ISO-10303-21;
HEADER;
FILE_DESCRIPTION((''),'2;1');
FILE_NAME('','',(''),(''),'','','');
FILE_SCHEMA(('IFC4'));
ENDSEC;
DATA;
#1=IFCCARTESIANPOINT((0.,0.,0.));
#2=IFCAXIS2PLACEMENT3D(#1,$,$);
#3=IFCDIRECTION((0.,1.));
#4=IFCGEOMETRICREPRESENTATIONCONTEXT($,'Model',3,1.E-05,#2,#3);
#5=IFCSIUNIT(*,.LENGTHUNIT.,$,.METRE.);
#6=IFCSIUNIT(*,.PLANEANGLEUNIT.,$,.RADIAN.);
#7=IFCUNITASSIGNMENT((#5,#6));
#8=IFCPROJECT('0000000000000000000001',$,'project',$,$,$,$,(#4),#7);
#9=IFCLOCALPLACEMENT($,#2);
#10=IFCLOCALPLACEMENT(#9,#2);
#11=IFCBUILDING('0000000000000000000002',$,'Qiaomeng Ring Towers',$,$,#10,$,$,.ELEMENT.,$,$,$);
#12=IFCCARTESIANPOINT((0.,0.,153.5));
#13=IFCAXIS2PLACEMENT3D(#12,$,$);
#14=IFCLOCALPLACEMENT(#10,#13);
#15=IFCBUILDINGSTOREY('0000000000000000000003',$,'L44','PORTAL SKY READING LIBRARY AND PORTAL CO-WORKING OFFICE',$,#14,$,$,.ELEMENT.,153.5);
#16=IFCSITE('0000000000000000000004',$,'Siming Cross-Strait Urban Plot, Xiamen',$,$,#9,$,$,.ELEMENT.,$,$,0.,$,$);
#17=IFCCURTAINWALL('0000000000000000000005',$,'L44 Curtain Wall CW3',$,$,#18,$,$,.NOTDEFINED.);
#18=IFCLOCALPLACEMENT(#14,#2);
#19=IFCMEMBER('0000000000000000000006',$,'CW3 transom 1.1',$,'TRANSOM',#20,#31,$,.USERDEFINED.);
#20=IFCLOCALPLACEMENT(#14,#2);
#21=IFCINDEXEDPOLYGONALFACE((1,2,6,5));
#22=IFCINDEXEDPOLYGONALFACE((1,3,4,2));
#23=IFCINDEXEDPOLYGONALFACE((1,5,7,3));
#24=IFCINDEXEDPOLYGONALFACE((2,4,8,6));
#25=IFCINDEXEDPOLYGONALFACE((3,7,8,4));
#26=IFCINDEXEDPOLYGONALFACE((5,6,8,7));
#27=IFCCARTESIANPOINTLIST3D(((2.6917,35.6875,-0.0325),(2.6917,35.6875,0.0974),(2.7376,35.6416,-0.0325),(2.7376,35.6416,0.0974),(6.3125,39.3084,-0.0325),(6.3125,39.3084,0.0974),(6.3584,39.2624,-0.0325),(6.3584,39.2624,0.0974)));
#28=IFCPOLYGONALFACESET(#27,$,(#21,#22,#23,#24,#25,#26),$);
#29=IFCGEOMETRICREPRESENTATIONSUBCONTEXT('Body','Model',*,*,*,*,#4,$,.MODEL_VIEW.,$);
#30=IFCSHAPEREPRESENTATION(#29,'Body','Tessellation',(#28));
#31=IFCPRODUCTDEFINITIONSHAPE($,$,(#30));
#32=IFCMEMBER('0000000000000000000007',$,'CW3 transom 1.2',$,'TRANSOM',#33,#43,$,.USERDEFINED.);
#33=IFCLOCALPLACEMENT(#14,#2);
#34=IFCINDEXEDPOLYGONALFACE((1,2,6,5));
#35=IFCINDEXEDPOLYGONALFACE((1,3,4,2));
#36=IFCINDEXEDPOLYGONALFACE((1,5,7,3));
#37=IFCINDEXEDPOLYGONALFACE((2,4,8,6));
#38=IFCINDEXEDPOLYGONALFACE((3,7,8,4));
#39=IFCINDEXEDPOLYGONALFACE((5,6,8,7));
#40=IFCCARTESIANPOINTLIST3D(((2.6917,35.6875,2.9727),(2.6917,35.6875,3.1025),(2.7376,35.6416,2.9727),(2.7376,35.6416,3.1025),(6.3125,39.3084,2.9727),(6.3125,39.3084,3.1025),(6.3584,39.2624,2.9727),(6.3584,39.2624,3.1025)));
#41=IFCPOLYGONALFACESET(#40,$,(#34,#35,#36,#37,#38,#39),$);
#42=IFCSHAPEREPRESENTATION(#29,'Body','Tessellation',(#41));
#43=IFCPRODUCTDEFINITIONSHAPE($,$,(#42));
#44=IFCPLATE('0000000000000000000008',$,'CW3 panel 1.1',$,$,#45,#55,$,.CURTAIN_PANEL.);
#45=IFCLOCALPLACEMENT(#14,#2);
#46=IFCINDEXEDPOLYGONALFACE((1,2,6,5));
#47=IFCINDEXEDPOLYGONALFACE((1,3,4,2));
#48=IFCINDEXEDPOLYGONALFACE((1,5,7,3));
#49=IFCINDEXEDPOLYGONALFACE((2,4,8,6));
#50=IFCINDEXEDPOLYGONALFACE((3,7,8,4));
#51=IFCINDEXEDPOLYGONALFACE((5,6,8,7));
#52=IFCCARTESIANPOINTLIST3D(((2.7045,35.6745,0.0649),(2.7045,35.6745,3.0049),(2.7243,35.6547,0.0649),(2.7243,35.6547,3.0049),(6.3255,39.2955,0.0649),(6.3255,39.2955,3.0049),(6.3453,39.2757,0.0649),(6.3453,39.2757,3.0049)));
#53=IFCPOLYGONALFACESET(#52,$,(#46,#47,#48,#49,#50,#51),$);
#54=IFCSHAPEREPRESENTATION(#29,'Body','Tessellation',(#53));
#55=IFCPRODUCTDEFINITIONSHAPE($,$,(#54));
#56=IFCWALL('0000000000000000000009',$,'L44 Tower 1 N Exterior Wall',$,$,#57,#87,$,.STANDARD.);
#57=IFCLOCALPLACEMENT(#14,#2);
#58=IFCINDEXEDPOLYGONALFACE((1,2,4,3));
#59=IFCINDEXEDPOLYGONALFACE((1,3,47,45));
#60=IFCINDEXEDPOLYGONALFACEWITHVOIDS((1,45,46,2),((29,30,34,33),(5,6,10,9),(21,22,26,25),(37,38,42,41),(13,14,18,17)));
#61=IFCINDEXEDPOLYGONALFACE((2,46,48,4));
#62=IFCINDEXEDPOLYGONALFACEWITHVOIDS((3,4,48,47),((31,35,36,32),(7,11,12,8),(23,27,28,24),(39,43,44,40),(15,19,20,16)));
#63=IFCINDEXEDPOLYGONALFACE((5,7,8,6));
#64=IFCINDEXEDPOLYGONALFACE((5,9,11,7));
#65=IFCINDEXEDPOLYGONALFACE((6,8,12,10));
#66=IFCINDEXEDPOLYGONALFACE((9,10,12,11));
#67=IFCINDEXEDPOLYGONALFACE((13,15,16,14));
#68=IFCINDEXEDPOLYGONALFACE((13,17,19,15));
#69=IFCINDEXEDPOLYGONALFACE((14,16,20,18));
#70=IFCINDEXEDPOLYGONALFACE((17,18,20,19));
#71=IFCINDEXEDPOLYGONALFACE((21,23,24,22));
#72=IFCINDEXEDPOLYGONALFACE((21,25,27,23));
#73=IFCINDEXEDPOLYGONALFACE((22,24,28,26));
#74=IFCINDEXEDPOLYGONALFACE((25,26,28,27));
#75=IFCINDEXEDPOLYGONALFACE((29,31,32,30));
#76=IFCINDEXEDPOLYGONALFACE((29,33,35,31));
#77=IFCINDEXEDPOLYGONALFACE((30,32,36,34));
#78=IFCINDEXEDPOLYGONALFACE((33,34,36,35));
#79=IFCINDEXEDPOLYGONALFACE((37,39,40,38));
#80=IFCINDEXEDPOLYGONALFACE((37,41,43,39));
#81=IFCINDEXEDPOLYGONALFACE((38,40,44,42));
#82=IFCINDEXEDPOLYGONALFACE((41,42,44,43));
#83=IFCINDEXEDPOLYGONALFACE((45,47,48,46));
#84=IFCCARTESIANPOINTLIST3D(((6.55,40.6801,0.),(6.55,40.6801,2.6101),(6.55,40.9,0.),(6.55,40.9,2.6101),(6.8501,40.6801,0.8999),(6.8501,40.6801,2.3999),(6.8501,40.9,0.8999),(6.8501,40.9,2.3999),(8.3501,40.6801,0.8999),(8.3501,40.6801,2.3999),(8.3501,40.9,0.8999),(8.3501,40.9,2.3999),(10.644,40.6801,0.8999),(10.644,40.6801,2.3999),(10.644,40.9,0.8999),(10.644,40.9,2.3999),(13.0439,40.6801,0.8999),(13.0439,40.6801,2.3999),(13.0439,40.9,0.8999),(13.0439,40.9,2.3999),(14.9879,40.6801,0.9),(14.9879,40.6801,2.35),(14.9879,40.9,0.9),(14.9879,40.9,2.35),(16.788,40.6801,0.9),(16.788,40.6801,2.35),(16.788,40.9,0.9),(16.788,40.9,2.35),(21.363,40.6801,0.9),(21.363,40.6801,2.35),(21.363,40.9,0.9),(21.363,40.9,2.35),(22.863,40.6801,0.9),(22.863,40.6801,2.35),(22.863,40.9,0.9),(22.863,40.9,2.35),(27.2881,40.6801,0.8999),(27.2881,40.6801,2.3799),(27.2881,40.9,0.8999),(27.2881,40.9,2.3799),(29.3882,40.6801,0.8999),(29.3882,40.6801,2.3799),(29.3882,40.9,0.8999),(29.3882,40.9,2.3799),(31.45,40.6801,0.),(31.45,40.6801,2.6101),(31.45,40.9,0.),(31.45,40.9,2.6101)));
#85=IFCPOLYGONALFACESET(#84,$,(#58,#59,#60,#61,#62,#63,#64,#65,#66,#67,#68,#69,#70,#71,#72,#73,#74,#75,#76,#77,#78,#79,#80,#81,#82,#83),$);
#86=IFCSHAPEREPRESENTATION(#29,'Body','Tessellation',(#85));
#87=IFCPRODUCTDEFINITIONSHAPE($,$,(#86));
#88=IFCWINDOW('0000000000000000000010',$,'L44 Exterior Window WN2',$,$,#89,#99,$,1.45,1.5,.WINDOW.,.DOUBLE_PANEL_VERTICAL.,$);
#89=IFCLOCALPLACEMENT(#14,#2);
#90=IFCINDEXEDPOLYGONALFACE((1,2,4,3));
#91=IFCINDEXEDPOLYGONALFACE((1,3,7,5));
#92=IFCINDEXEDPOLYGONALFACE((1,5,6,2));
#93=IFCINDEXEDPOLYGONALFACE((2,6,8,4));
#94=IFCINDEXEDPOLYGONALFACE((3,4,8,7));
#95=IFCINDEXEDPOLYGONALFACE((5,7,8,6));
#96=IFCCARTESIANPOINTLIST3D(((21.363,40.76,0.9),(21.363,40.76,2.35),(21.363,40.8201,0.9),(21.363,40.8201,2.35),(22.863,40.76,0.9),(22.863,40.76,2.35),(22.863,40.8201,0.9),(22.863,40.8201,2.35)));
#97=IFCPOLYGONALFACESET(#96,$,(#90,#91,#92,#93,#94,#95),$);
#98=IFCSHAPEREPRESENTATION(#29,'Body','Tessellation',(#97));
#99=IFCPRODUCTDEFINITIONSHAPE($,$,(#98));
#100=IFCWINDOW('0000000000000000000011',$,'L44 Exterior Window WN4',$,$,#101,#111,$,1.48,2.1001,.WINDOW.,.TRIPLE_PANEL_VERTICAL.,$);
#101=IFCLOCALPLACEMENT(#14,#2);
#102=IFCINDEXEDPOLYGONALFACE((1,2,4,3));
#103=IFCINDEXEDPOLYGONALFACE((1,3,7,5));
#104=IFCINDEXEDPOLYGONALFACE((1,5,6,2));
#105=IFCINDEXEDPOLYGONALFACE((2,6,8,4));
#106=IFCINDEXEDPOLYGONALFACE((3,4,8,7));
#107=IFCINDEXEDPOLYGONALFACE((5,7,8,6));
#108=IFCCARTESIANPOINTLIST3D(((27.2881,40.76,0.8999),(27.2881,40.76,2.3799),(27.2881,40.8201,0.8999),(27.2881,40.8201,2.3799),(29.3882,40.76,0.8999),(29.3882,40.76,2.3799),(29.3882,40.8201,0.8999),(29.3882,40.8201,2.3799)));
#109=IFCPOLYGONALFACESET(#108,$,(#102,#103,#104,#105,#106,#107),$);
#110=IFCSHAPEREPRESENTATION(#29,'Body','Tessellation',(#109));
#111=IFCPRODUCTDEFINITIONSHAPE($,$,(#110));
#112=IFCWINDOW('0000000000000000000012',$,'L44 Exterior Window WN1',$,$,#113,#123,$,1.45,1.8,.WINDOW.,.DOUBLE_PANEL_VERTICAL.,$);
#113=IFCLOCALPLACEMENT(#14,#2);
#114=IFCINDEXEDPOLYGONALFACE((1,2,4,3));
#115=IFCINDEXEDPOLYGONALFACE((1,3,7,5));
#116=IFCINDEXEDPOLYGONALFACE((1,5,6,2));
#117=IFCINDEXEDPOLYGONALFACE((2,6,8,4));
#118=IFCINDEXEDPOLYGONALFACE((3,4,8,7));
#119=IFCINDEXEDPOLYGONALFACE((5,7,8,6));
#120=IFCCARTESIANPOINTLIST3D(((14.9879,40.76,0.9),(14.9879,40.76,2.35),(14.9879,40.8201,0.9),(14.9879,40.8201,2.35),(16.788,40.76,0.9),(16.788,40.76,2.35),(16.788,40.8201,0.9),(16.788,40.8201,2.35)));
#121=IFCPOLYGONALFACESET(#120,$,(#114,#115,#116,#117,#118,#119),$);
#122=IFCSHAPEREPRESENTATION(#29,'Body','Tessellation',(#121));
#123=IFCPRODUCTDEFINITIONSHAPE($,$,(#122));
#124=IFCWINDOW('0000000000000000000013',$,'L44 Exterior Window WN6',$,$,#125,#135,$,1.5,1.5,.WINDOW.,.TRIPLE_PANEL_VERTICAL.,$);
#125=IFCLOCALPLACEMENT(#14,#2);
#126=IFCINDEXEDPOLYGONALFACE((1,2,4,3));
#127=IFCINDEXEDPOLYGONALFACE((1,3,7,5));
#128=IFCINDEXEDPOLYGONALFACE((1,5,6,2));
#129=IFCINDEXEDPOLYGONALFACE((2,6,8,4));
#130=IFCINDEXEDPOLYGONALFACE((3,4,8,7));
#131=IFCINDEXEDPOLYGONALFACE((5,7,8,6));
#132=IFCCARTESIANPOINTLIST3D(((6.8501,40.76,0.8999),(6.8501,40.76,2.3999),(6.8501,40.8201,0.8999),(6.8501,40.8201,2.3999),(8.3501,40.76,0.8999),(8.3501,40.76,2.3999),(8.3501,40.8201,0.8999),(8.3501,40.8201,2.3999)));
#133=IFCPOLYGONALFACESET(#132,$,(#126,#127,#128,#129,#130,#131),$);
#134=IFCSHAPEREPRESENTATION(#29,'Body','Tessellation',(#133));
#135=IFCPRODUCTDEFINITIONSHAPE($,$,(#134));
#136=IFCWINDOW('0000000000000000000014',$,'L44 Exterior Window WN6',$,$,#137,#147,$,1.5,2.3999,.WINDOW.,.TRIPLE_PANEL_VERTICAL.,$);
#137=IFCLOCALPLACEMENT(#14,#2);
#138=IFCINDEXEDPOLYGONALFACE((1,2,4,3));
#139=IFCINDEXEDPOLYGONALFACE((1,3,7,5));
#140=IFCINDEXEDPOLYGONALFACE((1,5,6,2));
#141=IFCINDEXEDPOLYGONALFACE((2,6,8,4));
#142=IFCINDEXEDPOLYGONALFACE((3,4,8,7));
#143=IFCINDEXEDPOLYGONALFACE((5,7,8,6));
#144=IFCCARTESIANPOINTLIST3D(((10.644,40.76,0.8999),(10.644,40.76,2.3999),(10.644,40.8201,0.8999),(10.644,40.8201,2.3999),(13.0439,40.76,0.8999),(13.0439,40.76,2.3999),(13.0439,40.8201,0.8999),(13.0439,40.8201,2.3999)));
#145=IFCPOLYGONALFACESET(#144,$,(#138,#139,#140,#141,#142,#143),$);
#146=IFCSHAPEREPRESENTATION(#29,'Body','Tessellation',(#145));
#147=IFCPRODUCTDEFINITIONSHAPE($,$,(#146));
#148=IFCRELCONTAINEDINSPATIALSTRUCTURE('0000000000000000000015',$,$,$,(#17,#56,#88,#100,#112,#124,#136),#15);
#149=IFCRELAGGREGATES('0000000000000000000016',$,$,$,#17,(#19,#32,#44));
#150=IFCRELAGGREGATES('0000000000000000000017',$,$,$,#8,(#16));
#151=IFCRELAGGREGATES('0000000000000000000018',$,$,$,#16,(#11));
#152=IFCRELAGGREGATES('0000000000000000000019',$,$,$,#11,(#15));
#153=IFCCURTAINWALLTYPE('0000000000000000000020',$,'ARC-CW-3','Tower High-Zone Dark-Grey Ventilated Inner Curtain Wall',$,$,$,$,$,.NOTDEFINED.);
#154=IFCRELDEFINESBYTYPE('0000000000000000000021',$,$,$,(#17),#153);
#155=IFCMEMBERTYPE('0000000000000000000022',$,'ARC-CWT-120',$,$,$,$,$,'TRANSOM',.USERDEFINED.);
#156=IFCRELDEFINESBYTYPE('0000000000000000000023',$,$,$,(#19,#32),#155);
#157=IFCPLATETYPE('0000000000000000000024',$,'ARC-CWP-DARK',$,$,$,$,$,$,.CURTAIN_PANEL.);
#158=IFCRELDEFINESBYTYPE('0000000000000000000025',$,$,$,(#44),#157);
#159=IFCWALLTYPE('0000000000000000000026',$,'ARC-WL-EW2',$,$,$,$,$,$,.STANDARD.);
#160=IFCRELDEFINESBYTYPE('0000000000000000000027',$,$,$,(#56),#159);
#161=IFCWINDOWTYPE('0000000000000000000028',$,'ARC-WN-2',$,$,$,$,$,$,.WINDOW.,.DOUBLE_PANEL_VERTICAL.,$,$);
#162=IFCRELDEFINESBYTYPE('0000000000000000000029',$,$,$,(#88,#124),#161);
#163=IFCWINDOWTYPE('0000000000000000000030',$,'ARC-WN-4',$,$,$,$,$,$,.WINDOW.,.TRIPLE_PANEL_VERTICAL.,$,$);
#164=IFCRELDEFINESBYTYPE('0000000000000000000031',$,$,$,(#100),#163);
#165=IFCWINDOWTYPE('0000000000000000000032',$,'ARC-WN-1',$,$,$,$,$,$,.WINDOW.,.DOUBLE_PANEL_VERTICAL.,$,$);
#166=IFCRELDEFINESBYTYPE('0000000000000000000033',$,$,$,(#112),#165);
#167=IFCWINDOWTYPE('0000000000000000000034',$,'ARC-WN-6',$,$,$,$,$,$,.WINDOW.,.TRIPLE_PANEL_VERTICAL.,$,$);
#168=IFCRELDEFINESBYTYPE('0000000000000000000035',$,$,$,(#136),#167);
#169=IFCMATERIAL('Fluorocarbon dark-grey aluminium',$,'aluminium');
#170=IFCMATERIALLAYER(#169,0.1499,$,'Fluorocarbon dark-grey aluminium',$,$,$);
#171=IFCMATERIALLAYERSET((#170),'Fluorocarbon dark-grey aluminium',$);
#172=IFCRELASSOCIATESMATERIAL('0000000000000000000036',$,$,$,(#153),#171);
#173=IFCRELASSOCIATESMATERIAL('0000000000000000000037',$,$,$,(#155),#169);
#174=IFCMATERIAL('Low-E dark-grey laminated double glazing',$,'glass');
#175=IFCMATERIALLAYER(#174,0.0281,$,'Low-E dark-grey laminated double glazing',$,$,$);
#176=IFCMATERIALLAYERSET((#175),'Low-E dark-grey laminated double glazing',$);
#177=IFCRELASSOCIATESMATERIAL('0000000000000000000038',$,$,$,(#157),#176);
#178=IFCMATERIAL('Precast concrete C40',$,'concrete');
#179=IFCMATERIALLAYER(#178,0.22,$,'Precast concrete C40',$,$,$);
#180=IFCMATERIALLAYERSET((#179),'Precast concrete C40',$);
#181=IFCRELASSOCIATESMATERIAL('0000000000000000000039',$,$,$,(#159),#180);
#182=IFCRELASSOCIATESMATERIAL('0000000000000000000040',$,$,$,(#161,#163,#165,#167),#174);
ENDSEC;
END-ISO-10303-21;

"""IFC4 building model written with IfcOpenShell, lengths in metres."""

from ifc_helpers import new_model, si_unit, direction, frame, frame_2d, origin, origin_2d, place, context, subcontext, project, spatial, rectangle, extrude, source, transform, mapped, material, layer, layer_set, material_profile, profile_set, type_object, element, fill, aggregate, save


model = new_model("IFC4")

# Units and contexts
model_context = context("Model", 3, precision=1e-05, world=origin(), true_north=direction((0.0, 1.0)))
body_context = subcontext(model_context, "Body", "Model", "MODEL_VIEW")
ifc_project = project(units=[si_unit("LENGTHUNIT", "METRE"), si_unit("PLANEANGLEUNIT", "RADIAN")], contexts=[model_context])

# Site, building, storey
site_placement = place(None, origin())
site = spatial("IfcSite", under=ifc_project, at=site_placement, Name="Siming Cross-Strait Urban Plot, Xiamen", CompositionType="ELEMENT", RefElevation=0.0)
building_placement = place(site_placement, origin())
building = spatial("IfcBuilding", under=site, at=building_placement, Name="Qiaomeng Ring Towers", CompositionType="ELEMENT")
storey_placement = place(building_placement, frame((0.0, 0.0, 153.5)))
storey = spatial("IfcBuildingStorey", under=building, at=storey_placement, Name="L44", Description="PORTAL SKY READING LIBRARY AND PORTAL CO-WORKING OFFICE", CompositionType="ELEMENT", Elevation=153.5)

# Curtain wall, members, plate
ifc_material_1 = material(Name="Fluorocarbon dark-grey aluminium", Category="aluminium")
ifc_layer_1 = layer(ifc_material_1, 0.1499, Name="Fluorocarbon dark-grey aluminium")
ifc_layer_set_1 = layer_set([ifc_layer_1], Name="Fluorocarbon dark-grey aluminium")
curtain_wall_type = type_object("IfcCurtainWallType", Name="ARC-CW-3", Description="Tower High-Zone Dark-Grey Ventilated Inner Curtain Wall", PredefinedType="NOTDEFINED", material=ifc_layer_set_1)
curtain_wall_placement = place(storey_placement, origin())
curtain_wall = element("IfcCurtainWall", 1, at=curtain_wall_placement, inside=storey, type_object=curtain_wall_type, Name="L44 Curtain Wall CW3", PredefinedType="NOTDEFINED")
ifc_material_profile_1 = material_profile(ifc_material_1, rectangle(XDim=0.0649, YDim=0.1299, at=origin_2d()), Name="ALU TRAN 65x130")
ifc_profile_set_1 = profile_set([ifc_material_profile_1], Name="Fluorocarbon dark-grey aluminium")
member_type_1 = type_object("IfcMemberType", Name="ARC-CWT-120", ElementType="TRANSOM", PredefinedType="USERDEFINED", material=ifc_profile_set_1)
shared_shape_1 = source(origin(), body_context, "Body", "SweptSolid", [
    extrude(rectangle(XDim=0.0649, YDim=0.1299, at=origin_2d()), origin(), (0.0, 0.0, 1.0), 5.1206),
])
member_1_placement = place(storey_placement, frame((6.3354, 39.2854, 0.0325), z_axis=(-0.707107, -0.707107, 0.0), x_axis=(0.707107, -0.707107, 0.0)))
member_1 = element("IfcMember", 2, at=member_1_placement, type_object=member_type_1, Name="CW3 transom 1.1", ObjectType="TRANSOM", PredefinedType="USERDEFINED", context=body_context, shape_type="MappedRepresentation", body=[
    mapped(shared_shape_1, transform((0.0, 0.0, 0.0), x_axis=(1.0, 0.0, 0.0), y_axis=(0.0, 1.0, 0.0), z_axis=(0.0, 0.0, 1.0), scale=1.0)),
])
member_2_placement = place(storey_placement, frame((6.3354, 39.2854, 3.0376), z_axis=(-0.707107, -0.707107, 0.0), x_axis=(0.707107, -0.707107, 0.0)))
member_2 = element("IfcMember", 3, at=member_2_placement, type_object=member_type_1, Name="CW3 transom 1.2", ObjectType="TRANSOM", PredefinedType="USERDEFINED", context=body_context, shape_type="MappedRepresentation", body=[
    mapped(shared_shape_1, transform((0.0, 0.0, 0.0), x_axis=(1.0, 0.0, 0.0), y_axis=(0.0, 1.0, 0.0), z_axis=(0.0, 0.0, 1.0), scale=1.0)),
])
ifc_material_2 = material(Name="Low-E dark-grey laminated double glazing", Category="glass")
ifc_layer_2 = layer(ifc_material_2, 0.0281, Name="Low-E dark-grey laminated double glazing")
ifc_layer_set_2 = layer_set([ifc_layer_2], Name="Low-E dark-grey laminated double glazing")
plate_type = type_object("IfcPlateType", Name="ARC-CWP-DARK", PredefinedType="CURTAIN_PANEL", material=ifc_layer_set_2)
shared_shape_2 = source(origin(), body_context, "Body", "SweptSolid", [
    extrude(rectangle(XDim=5.1208, YDim=0.0281, at=origin_2d()), origin(), (0.0, 0.0, 1.0), 2.9399),
])
plate_placement = place(storey_placement, frame((4.5249, 37.4751, 0.0649), z_axis=(0.0, 0.0, 1.0), x_axis=(-0.707107, -0.707107, 0.0)))
plate = element("IfcPlate", 4, at=plate_placement, type_object=plate_type, Name="CW3 panel 1.1", PredefinedType="CURTAIN_PANEL", context=body_context, shape_type="MappedRepresentation", body=[
    mapped(shared_shape_2, transform((0.0, 0.0, 0.0), x_axis=(1.0, 0.0, 0.0), y_axis=(0.0, 1.0, 0.0), z_axis=(0.0, 0.0, 1.0), scale=1.0)),
])
aggregate(curtain_wall, [member_1, member_2, plate])

# Wall, openings, windows
ifc_material_3 = material(Name="Precast concrete C40", Category="concrete")
ifc_layer_3 = layer(ifc_material_3, 0.22, Name="Precast concrete C40")
ifc_layer_set_3 = layer_set([ifc_layer_3], Name="Precast concrete C40")
wall_type_1 = type_object("IfcWallType", Name="ARC-WL-EW2", PredefinedType="STANDARD", material=ifc_layer_set_3)
wall_1_placement = place(storey_placement, frame((6.55, 40.79, 0.0), z_axis=(0.0, 0.0, 1.0), x_axis=(1.0, 0.0, 0.0)))
wall_1 = element("IfcWall", 5, at=wall_1_placement, inside=storey, type_object=wall_type_1, Name="L44 Tower 1 N Exterior Wall", PredefinedType="STANDARD", context=body_context, shape_type="SweptSolid", body=[
    extrude(rectangle(XDim=24.8999, YDim=0.22, at=frame_2d((12.45, 0.0))), origin(), (0.0, 0.0, 1.0), 2.6101),
])
opening_1_placement = place(wall_1_placement, frame((0.3, 0.0, 0.8999)))
opening_1 = element("IfcOpeningElement", 6, at=opening_1_placement, cuts=wall_1, PredefinedType="OPENING", context=body_context, shape_type="SweptSolid", body=[
    extrude(rectangle(XDim=1.5, YDim=1.5, at=frame_2d((0.75, 0.75))), frame((0.0, 0.1199, 0.0), z_axis=(0.0, -1.0, 0.0), x_axis=(1.0, 0.0, 0.0)), (0.0, 0.0, 1.0), 0.24),
])
opening_2_placement = place(wall_1_placement, frame((8.438, 0.0, 0.8999)))
opening_2 = element("IfcOpeningElement", 7, at=opening_2_placement, cuts=wall_1, PredefinedType="OPENING", context=body_context, shape_type="SweptSolid", body=[
    extrude(rectangle(XDim=1.8, YDim=1.45, at=frame_2d((0.8999, 0.7251))), frame((0.0, 0.1199, 0.0), z_axis=(0.0, -1.0, 0.0), x_axis=(1.0, 0.0, 0.0)), (0.0, 0.0, 1.0), 0.24),
])
opening_3_placement = place(wall_1_placement, frame((14.813, 0.0, 0.8999)))
opening_3 = element("IfcOpeningElement", 8, at=opening_3_placement, cuts=wall_1, PredefinedType="OPENING", context=body_context, shape_type="SweptSolid", body=[
    extrude(rectangle(XDim=1.5, YDim=1.45, at=frame_2d((0.75, 0.7251))), frame((0.0, 0.1199, 0.0), z_axis=(0.0, -1.0, 0.0), x_axis=(1.0, 0.0, 0.0)), (0.0, 0.0, 1.0), 0.24),
])
opening_4_placement = place(wall_1_placement, frame((20.738, 0.0, 0.8999)))
opening_4 = element("IfcOpeningElement", 9, at=opening_4_placement, cuts=wall_1, PredefinedType="OPENING", context=body_context, shape_type="SweptSolid", body=[
    extrude(rectangle(XDim=2.1001, YDim=1.48, at=frame_2d((1.05, 0.74))), frame((0.0, 0.1199, 0.0), z_axis=(0.0, -1.0, 0.0), x_axis=(1.0, 0.0, 0.0)), (0.0, 0.0, 1.0), 0.24),
])
opening_5_placement = place(wall_1_placement, frame((4.094, 0.0, 0.8999)))
opening_5 = element("IfcOpeningElement", 10, at=opening_5_placement, cuts=wall_1, PredefinedType="OPENING", context=body_context, shape_type="SweptSolid", body=[
    extrude(rectangle(XDim=2.3999, YDim=1.5, at=frame_2d((1.2, 0.75))), frame((0.0, 0.1199, 0.0), z_axis=(0.0, -1.0, 0.0), x_axis=(1.0, 0.0, 0.0)), (0.0, 0.0, 1.0), 0.24),
])
window_type_1 = type_object("IfcWindowType", Name="ARC-WN-2", PartitioningType="DOUBLE_PANEL_VERTICAL", PredefinedType="WINDOW", material=ifc_material_2)
shared_shape_3 = source(origin(), body_context, "Body", "SweptSolid", [
    extrude(rectangle(XDim=1.5, YDim=1.45, at=frame_2d((0.75, 0.7251))), frame((0.0, 0.03, 0.0), z_axis=(0.0, -1.0, 0.0), x_axis=(1.0, 0.0, 0.0)), (0.0, 0.0, 1.0), 0.0601),
])
window_1_placement = place(opening_3_placement, origin())
window_1 = element("IfcWindow", 11, at=window_1_placement, inside=storey, type_object=window_type_1, Name="L44 Exterior Window WN2", OverallHeight=1.45, OverallWidth=1.5, PartitioningType="DOUBLE_PANEL_VERTICAL", PredefinedType="WINDOW", context=body_context, shape_type="MappedRepresentation", body=[
    mapped(shared_shape_3, transform((0.0, 0.0, 0.0), x_axis=(1.0, 0.0, 0.0), y_axis=(0.0, 1.0, 0.0), z_axis=(0.0, 0.0, 1.0), scale=1.0)),
])
fill(opening_3, window_1)
window_type_2 = type_object("IfcWindowType", Name="ARC-WN-4", PartitioningType="TRIPLE_PANEL_VERTICAL", PredefinedType="WINDOW", material=ifc_material_2)
shared_shape_4 = source(origin(), body_context, "Body", "SweptSolid", [
    extrude(rectangle(XDim=2.1001, YDim=1.48, at=frame_2d((1.05, 0.74))), frame((0.0, 0.03, 0.0), z_axis=(0.0, -1.0, 0.0), x_axis=(1.0, 0.0, 0.0)), (0.0, 0.0, 1.0), 0.0601),
])
window_2_placement = place(opening_4_placement, origin())
window_2 = element("IfcWindow", 12, at=window_2_placement, inside=storey, type_object=window_type_2, Name="L44 Exterior Window WN4", OverallHeight=1.48, OverallWidth=2.1001, PartitioningType="TRIPLE_PANEL_VERTICAL", PredefinedType="WINDOW", context=body_context, shape_type="MappedRepresentation", body=[
    mapped(shared_shape_4, transform((0.0, 0.0, 0.0), x_axis=(1.0, 0.0, 0.0), y_axis=(0.0, 1.0, 0.0), z_axis=(0.0, 0.0, 1.0), scale=1.0)),
])
fill(opening_4, window_2)
window_type_3 = type_object("IfcWindowType", Name="ARC-WN-1", PartitioningType="DOUBLE_PANEL_VERTICAL", PredefinedType="WINDOW", material=ifc_material_2)
shared_shape_5 = source(origin(), body_context, "Body", "SweptSolid", [
    extrude(rectangle(XDim=1.8, YDim=1.45, at=frame_2d((0.8999, 0.7251))), frame((0.0, 0.03, 0.0), z_axis=(0.0, -1.0, 0.0), x_axis=(1.0, 0.0, 0.0)), (0.0, 0.0, 1.0), 0.0601),
])
window_3_placement = place(opening_2_placement, origin())
window_3 = element("IfcWindow", 13, at=window_3_placement, inside=storey, type_object=window_type_3, Name="L44 Exterior Window WN1", OverallHeight=1.45, OverallWidth=1.8, PartitioningType="DOUBLE_PANEL_VERTICAL", PredefinedType="WINDOW", context=body_context, shape_type="MappedRepresentation", body=[
    mapped(shared_shape_5, transform((0.0, 0.0, 0.0), x_axis=(1.0, 0.0, 0.0), y_axis=(0.0, 1.0, 0.0), z_axis=(0.0, 0.0, 1.0), scale=1.0)),
])
fill(opening_2, window_3)
shared_shape_6 = source(origin(), body_context, "Body", "SweptSolid", [
    extrude(rectangle(XDim=1.5, YDim=1.5, at=frame_2d((0.75, 0.75))), frame((0.0, 0.03, 0.0), z_axis=(0.0, -1.0, 0.0), x_axis=(1.0, 0.0, 0.0)), (0.0, 0.0, 1.0), 0.0601),
])
window_4_placement = place(opening_1_placement, origin())
window_4 = element("IfcWindow", 14, at=window_4_placement, inside=storey, type_object=window_type_1, Name="L44 Exterior Window WN6", OverallHeight=1.5, OverallWidth=1.5, PartitioningType="TRIPLE_PANEL_VERTICAL", PredefinedType="WINDOW", context=body_context, shape_type="MappedRepresentation", body=[
    mapped(shared_shape_6, transform((0.0, 0.0, 0.0), x_axis=(1.0, 0.0, 0.0), y_axis=(0.0, 1.0, 0.0), z_axis=(0.0, 0.0, 1.0), scale=1.0)),
])
fill(opening_1, window_4)
window_type_4 = type_object("IfcWindowType", Name="ARC-WN-6", PartitioningType="TRIPLE_PANEL_VERTICAL", PredefinedType="WINDOW", material=ifc_material_2)
shared_shape_7 = source(origin(), body_context, "Body", "SweptSolid", [
    extrude(rectangle(XDim=2.3999, YDim=1.5, at=frame_2d((1.2, 0.75))), frame((0.0, 0.03, 0.0), z_axis=(0.0, -1.0, 0.0), x_axis=(1.0, 0.0, 0.0)), (0.0, 0.0, 1.0), 0.0601),
])
window_5_placement = place(opening_5_placement, origin())
window_5 = element("IfcWindow", 15, at=window_5_placement, inside=storey, type_object=window_type_4, Name="L44 Exterior Window WN6", OverallHeight=1.5, OverallWidth=2.3999, PartitioningType="TRIPLE_PANEL_VERTICAL", PredefinedType="WINDOW", context=body_context, shape_type="MappedRepresentation", body=[
    mapped(shared_shape_7, transform((0.0, 0.0, 0.0), x_axis=(1.0, 0.0, 0.0), y_axis=(0.0, 1.0, 0.0), z_axis=(0.0, 0.0, 1.0), scale=1.0)),
])
fill(opening_5, window_5)

save(model, "model.ifc")
